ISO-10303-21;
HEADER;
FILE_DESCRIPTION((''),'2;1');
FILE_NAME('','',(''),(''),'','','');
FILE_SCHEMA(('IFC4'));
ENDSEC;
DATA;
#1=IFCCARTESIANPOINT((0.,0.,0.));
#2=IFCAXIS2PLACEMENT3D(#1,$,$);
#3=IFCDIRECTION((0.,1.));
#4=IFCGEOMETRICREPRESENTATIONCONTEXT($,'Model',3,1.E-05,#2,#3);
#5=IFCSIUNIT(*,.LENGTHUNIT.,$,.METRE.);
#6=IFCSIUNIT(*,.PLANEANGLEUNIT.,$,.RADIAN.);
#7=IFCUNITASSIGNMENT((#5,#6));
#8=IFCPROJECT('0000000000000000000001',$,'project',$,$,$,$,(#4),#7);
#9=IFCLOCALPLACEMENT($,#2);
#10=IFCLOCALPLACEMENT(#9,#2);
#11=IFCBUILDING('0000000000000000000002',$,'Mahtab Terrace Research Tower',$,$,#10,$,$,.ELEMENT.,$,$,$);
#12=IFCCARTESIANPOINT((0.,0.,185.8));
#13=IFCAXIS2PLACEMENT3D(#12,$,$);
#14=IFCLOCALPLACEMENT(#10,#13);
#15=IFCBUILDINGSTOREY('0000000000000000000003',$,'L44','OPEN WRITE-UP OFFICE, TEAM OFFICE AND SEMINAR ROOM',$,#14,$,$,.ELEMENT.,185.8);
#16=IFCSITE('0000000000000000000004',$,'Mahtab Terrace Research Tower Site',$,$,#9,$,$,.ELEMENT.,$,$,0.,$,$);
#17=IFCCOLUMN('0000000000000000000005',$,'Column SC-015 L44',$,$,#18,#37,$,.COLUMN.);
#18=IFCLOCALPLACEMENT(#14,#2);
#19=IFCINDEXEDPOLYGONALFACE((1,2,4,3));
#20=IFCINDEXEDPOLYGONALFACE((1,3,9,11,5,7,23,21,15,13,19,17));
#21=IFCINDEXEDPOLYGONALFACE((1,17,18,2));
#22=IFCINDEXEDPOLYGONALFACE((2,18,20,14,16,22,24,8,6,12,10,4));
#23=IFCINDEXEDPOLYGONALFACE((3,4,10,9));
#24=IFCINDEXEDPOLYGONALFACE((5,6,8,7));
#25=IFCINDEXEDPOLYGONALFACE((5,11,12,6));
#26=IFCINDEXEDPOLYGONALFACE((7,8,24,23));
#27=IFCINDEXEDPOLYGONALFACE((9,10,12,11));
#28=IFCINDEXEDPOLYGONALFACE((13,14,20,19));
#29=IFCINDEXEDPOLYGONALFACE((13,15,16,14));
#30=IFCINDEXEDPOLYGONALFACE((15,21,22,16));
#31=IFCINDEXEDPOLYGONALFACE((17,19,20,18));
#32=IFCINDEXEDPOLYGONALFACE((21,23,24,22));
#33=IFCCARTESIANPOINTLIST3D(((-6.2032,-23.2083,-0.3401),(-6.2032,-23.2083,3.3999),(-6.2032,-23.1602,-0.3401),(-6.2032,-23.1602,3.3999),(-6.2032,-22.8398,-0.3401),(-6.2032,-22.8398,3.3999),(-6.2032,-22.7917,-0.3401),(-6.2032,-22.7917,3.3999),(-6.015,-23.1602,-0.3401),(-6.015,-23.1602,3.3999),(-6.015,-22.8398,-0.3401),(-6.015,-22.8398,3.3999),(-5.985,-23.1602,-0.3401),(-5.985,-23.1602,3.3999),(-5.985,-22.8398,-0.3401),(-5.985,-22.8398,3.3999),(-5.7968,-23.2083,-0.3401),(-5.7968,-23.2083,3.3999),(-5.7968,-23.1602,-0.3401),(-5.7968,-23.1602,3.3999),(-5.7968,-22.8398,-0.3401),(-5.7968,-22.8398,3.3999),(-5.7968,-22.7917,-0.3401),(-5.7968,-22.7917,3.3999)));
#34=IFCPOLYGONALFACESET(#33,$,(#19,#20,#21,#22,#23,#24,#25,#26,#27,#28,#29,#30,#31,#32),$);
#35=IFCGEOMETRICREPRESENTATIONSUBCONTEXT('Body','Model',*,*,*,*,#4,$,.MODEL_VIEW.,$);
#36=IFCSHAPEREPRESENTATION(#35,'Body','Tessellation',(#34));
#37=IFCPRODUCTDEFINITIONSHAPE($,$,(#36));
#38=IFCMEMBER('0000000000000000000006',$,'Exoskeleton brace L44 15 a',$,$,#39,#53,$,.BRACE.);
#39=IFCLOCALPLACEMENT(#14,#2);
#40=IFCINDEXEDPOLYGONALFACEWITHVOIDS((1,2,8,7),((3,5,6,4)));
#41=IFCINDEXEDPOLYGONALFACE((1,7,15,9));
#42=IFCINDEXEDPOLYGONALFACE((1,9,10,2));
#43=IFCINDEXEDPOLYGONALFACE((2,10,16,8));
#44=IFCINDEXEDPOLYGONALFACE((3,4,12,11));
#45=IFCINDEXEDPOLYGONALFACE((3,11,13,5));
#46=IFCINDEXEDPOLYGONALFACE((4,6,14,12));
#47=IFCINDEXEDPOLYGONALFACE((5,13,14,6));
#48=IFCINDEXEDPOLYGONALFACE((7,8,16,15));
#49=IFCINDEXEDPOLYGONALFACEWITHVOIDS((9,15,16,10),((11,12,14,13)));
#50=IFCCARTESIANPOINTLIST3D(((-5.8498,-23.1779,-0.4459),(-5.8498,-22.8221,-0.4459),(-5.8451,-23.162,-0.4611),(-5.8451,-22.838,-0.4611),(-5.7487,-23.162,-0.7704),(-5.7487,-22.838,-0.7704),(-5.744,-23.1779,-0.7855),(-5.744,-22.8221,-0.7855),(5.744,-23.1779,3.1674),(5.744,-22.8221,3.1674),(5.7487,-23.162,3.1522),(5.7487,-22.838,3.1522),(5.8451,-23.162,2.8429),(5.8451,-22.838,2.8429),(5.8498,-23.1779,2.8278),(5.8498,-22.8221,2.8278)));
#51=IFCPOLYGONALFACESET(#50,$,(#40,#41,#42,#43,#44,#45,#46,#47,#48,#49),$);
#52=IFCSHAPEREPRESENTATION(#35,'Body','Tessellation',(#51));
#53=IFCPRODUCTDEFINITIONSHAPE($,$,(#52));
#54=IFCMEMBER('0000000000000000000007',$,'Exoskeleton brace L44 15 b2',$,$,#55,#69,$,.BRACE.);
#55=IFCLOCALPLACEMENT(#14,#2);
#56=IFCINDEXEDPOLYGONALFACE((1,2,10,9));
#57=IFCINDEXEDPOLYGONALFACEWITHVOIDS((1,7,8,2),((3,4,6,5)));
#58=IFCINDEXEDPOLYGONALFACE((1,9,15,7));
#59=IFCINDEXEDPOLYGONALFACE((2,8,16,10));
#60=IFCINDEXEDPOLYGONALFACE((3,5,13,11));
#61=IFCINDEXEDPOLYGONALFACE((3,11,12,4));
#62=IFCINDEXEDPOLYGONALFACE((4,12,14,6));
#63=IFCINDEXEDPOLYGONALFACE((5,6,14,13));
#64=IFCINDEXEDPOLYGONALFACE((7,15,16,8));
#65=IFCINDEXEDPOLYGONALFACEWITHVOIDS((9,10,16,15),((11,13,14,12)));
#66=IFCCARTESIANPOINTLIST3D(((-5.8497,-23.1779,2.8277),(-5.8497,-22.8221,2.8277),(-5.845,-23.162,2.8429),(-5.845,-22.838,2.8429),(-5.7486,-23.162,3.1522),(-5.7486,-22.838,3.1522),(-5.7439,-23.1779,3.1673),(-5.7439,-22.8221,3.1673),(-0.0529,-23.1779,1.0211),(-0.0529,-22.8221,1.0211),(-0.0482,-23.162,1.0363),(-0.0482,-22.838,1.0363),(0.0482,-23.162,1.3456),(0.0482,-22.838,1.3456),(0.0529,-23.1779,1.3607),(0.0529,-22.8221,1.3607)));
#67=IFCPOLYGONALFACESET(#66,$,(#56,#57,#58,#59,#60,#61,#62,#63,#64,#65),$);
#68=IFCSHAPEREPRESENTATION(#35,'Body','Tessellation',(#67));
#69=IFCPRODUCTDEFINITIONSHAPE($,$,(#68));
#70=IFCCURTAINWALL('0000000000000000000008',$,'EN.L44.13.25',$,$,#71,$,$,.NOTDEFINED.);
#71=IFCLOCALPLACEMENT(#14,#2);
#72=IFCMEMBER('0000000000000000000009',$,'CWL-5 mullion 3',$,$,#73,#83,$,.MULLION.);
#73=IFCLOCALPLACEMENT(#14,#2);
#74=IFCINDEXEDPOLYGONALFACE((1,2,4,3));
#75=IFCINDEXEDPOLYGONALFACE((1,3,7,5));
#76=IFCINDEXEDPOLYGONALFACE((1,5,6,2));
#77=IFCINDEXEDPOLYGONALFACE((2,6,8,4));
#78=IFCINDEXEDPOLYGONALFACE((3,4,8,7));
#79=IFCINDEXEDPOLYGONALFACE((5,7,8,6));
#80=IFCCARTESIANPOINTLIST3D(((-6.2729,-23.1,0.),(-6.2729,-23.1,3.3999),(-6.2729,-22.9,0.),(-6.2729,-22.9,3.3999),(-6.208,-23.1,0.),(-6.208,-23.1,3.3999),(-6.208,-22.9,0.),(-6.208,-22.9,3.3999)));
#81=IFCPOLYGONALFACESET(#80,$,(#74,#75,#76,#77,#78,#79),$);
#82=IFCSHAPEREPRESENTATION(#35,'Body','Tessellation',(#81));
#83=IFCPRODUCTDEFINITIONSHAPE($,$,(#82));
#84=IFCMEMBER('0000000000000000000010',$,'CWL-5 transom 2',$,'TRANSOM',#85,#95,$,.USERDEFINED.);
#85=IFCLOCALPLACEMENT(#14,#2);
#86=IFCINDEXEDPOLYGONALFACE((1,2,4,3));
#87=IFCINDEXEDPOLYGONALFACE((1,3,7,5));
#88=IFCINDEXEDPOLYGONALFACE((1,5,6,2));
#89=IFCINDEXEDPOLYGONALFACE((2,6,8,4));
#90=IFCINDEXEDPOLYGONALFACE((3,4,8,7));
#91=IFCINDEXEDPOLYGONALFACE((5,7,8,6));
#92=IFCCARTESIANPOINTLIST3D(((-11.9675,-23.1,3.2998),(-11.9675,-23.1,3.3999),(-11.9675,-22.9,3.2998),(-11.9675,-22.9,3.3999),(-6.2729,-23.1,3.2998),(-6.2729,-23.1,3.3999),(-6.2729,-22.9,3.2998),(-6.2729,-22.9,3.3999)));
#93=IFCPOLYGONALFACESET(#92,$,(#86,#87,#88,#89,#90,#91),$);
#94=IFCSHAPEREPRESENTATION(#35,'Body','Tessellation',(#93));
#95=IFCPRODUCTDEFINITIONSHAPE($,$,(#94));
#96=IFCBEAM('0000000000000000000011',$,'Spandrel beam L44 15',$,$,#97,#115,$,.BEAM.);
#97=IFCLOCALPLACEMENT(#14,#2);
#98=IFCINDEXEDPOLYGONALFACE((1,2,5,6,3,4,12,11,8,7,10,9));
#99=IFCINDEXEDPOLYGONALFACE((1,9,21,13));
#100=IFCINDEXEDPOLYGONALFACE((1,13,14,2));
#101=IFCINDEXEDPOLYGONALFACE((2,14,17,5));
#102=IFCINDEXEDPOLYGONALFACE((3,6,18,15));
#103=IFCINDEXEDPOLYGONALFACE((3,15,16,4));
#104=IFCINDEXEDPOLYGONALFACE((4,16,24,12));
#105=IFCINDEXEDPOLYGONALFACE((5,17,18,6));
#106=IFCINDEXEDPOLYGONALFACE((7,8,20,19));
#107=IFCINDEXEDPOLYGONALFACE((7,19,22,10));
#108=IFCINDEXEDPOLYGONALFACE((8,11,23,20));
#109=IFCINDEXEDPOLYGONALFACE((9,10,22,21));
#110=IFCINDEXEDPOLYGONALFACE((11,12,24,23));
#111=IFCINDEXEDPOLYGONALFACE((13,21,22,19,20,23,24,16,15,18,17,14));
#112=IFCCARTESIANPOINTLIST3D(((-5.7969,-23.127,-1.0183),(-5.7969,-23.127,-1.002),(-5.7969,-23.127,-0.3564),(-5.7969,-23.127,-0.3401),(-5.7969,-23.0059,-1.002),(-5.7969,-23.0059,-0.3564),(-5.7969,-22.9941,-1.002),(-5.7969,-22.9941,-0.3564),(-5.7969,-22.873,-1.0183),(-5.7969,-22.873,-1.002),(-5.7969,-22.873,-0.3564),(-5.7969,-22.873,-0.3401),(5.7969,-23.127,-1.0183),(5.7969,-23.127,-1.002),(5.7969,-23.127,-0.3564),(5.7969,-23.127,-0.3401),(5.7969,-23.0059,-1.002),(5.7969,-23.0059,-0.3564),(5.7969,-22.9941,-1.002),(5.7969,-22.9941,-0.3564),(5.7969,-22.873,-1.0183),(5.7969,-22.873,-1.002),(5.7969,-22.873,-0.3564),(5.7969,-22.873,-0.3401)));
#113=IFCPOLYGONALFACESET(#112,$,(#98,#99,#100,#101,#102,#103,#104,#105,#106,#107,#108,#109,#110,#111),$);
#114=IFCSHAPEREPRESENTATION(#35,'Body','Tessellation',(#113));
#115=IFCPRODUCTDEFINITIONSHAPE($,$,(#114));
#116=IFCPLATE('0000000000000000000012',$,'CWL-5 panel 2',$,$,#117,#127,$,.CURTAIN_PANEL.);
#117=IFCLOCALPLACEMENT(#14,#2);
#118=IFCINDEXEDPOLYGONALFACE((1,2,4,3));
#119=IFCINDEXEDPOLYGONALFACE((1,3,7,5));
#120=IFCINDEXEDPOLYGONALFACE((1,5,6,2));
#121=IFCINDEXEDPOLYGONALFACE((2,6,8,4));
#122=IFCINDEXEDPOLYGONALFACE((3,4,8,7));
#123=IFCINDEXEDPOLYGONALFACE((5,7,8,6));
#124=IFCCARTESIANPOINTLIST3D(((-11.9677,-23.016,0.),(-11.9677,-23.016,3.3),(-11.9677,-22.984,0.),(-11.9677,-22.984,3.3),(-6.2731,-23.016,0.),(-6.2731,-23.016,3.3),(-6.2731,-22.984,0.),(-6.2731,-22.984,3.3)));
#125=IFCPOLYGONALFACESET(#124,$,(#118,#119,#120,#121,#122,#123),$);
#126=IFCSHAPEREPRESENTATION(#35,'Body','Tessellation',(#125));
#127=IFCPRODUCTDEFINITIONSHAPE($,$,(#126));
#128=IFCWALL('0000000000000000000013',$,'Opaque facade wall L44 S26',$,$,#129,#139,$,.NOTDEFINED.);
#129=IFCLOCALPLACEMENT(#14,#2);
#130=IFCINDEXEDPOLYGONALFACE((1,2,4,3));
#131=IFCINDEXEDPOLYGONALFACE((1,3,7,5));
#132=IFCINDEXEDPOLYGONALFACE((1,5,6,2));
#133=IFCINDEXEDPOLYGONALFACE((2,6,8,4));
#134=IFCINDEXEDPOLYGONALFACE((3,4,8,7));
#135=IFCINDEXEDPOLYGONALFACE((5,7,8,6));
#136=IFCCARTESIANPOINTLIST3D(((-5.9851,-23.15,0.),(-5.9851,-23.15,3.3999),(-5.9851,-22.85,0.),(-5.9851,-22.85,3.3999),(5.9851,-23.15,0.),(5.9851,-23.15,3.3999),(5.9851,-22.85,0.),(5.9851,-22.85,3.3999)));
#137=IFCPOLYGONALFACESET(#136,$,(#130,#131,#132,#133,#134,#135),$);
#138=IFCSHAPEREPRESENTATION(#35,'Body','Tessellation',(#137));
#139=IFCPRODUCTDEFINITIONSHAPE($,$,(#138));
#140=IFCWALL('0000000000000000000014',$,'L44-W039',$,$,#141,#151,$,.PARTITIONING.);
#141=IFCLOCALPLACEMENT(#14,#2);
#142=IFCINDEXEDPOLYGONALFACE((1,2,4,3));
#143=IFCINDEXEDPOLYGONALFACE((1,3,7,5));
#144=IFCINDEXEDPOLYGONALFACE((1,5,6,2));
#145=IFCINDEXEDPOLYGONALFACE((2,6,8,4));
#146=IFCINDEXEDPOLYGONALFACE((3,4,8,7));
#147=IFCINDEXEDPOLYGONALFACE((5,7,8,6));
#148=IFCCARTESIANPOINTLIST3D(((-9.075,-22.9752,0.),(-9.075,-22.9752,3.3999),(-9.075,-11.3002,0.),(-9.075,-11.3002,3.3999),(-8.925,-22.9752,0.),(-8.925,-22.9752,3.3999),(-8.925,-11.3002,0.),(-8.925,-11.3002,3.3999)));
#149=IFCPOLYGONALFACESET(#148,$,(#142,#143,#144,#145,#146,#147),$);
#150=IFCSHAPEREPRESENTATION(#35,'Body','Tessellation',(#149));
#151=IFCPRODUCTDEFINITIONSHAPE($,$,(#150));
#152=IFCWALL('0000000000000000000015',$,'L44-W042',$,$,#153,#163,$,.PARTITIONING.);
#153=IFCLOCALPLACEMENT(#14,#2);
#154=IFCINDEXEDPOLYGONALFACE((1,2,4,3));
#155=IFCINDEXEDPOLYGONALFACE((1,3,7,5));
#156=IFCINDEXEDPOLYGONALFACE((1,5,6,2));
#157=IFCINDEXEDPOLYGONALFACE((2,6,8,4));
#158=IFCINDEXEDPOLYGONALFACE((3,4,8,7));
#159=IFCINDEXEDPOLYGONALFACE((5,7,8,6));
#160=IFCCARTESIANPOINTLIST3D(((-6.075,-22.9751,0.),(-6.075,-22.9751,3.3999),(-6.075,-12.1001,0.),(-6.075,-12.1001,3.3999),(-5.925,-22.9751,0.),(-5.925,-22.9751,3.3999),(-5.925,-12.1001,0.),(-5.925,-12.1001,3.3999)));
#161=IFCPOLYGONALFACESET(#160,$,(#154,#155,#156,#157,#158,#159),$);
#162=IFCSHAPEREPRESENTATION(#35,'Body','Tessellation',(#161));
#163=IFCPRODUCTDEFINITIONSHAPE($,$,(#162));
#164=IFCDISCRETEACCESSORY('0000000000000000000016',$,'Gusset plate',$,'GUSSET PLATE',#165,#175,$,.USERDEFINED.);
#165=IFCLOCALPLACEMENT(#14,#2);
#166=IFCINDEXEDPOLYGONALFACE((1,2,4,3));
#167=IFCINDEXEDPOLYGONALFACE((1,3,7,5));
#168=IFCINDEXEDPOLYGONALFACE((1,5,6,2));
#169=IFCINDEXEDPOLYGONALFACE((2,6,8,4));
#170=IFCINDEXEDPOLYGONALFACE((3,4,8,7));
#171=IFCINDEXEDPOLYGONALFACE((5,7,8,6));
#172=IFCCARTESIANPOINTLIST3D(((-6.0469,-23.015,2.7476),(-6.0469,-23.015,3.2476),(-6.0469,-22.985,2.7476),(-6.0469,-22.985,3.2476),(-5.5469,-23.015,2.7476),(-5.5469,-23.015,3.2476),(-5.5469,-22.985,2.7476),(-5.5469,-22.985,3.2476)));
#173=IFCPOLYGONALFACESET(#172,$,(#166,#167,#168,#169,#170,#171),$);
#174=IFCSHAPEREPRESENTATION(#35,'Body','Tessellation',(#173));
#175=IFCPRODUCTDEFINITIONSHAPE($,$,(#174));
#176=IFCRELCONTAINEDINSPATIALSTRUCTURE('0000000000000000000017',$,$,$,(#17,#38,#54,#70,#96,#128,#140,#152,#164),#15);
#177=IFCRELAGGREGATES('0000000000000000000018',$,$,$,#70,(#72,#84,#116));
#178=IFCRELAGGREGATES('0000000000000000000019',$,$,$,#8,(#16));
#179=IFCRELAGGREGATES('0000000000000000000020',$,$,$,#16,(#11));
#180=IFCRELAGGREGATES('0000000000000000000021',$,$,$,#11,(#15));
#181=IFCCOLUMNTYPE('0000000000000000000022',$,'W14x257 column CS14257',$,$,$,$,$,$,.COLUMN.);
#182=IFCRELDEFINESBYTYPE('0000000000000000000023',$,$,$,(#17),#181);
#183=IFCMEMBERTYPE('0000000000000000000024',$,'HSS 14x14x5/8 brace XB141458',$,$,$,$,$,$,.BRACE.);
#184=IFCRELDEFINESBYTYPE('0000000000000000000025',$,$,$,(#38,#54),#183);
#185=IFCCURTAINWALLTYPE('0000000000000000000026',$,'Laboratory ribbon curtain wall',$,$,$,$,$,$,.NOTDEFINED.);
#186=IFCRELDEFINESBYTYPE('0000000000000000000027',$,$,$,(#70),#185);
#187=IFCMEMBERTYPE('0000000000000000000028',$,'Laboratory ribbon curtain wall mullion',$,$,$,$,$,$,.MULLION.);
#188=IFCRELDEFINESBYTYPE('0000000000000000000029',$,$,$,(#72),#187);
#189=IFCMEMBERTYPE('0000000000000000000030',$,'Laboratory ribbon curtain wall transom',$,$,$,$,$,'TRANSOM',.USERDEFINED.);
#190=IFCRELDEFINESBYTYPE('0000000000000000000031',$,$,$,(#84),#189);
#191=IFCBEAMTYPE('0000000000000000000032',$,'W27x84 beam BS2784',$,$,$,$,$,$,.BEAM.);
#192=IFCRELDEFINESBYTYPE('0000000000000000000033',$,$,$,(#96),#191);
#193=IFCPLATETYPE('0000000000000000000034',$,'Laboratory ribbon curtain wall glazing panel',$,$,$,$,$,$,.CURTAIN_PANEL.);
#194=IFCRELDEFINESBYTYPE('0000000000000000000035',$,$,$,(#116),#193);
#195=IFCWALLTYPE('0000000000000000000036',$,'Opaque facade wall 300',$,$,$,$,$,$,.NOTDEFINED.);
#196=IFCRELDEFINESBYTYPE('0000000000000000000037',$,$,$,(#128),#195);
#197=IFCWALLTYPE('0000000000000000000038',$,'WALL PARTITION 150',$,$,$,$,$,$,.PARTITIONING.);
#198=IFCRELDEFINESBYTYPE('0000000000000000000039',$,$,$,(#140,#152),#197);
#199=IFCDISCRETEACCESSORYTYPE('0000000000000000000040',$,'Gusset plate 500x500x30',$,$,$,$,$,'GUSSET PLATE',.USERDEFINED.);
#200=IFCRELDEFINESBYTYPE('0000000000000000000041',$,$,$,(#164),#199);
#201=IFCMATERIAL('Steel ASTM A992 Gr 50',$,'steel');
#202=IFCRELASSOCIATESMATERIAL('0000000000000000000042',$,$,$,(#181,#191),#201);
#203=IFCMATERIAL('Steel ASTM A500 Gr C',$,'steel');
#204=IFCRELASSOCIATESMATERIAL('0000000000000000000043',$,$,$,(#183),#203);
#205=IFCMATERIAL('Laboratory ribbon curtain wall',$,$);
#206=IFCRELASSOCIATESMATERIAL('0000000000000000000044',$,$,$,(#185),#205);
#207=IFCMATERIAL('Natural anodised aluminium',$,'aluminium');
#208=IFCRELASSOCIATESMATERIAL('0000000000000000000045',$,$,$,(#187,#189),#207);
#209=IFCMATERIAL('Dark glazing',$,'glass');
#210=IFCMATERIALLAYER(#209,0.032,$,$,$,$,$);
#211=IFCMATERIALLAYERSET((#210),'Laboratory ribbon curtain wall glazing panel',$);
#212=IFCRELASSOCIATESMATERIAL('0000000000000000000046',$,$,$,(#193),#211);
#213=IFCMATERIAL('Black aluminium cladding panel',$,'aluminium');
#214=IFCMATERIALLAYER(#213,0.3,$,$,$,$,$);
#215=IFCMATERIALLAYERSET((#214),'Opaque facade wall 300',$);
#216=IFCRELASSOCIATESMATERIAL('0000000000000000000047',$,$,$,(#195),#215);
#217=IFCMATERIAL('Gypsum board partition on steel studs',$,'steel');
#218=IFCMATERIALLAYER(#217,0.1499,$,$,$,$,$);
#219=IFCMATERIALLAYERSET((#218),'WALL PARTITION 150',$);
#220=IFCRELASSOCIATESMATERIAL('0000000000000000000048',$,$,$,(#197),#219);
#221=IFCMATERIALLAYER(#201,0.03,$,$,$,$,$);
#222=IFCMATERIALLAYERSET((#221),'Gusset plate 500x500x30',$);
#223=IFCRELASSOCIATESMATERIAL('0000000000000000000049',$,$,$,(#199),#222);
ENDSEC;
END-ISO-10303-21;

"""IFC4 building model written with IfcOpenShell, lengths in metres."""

from ifc_helpers import new_model, si_unit, direction, frame, frame_2d, origin, origin_2d, place, context, subcontext, project, spatial, rectangle, hollow_rectangle, i_section, extrude, material, layer, layer_set, material_profile, profile_set, type_object, element, aggregate, save


model = new_model("IFC4")

# Units and contexts
model_context = context("Model", 3, precision=1e-05, world=origin(), true_north=direction((0.0, 1.0)))
body_context = subcontext(model_context, "Body", "Model", "MODEL_VIEW")
ifc_project = project(units=[si_unit("LENGTHUNIT", "METRE"), si_unit("PLANEANGLEUNIT", "RADIAN")], contexts=[model_context])

# Site, building, storey
site_placement = place(None, origin())
site = spatial("IfcSite", under=ifc_project, at=site_placement, Name="Mahtab Terrace Research Tower Site", CompositionType="ELEMENT", RefElevation=0.0)
building_placement = place(site_placement, origin())
building = spatial("IfcBuilding", under=site, at=building_placement, Name="Mahtab Terrace Research Tower", CompositionType="ELEMENT")
storey_placement = place(building_placement, frame((0.0, 0.0, 185.8)))
storey = spatial("IfcBuildingStorey", under=building, at=storey_placement, Name="L44", Description="OPEN WRITE-UP OFFICE, TEAM OFFICE AND SEMINAR ROOM", CompositionType="ELEMENT", Elevation=185.8)

# Column
ifc_material_1 = material(Name="Steel ASTM A992 Gr 50", Category="steel")
ifc_material_profile_1 = material_profile(ifc_material_1, i_section(OverallWidth=0.4065, OverallDepth=0.4165, WebThickness=0.03, FlangeThickness=0.0481, at=origin_2d()), Name="W14X257")
ifc_profile_set_1 = profile_set([ifc_material_profile_1], Name="Steel ASTM A992 Gr 50")
column_type = type_object("IfcColumnType", Name="W14x257 column CS14257", PredefinedType="COLUMN", material=ifc_profile_set_1)
column_placement = place(storey_placement, frame((-6.0, -23.0, -0.3401), z_axis=(0.0, 0.0, 1.0), x_axis=(1.0, 0.0, 0.0)))
element("IfcColumn", 1, at=column_placement, inside=storey, type_object=column_type, Name="Column SC-015 L44", PredefinedType="COLUMN", context=body_context, shape_type="SweptSolid", body=[
    extrude(i_section(OverallWidth=0.4065, OverallDepth=0.4165, WebThickness=0.03, FlangeThickness=0.0481, at=origin_2d()), origin(), (0.0, 0.0, 1.0), 3.74),
])

# Members
ifc_material_2 = material(Name="Steel ASTM A500 Gr C", Category="steel")
ifc_material_profile_2 = material_profile(ifc_material_2, hollow_rectangle(XDim=0.3557, YDim=0.3557, WallThickness=0.0159, at=origin_2d()), Name="HSS14X14X5/8")
ifc_profile_set_2 = profile_set([ifc_material_profile_2], Name="Steel ASTM A500 Gr C")
member_type_1 = type_object("IfcMemberType", Name="HSS 14x14x5/8 brace XB141458", PredefinedType="BRACE", material=ifc_profile_set_2)
member_1_placement = place(storey_placement, frame((-5.7969, -23.0, -0.6157), z_axis=(0.954709, 0.0, 0.297542), x_axis=(0.0, 1.0, 0.0)))
element("IfcMember", 2, at=member_1_placement, inside=storey, type_object=member_type_1, Name="Exoskeleton brace L44 15 a", PredefinedType="BRACE", context=body_context, shape_type="SweptSolid", body=[
    extrude(hollow_rectangle(XDim=0.3557, YDim=0.3557, WallThickness=0.0159, at=origin_2d()), origin(), (0.0, 0.0, 1.0), 12.1438),
])
member_2_placement = place(storey_placement, frame((0.0, -23.0, 1.1909), z_axis=(-0.954709, 0.0, 0.297542), x_axis=(0.0, -1.0, 0.0)))
element("IfcMember", 3, at=member_2_placement, inside=storey, type_object=member_type_1, Name="Exoskeleton brace L44 15 b2", PredefinedType="BRACE", context=body_context, shape_type="SweptSolid", body=[
    extrude(hollow_rectangle(XDim=0.3557, YDim=0.3557, WallThickness=0.0159, at=origin_2d()), origin(), (0.0, 0.0, 1.0), 6.0718),
])

# Curtain wall, members
ifc_material_3 = material(Name="Laboratory ribbon curtain wall")
curtain_wall_type = type_object("IfcCurtainWallType", Name="Laboratory ribbon curtain wall", PredefinedType="NOTDEFINED", material=ifc_material_3)
curtain_wall_placement = place(storey_placement, origin())
curtain_wall = element("IfcCurtainWall", 4, at=curtain_wall_placement, inside=storey, type_object=curtain_wall_type, Name="EN.L44.13.25", PredefinedType="NOTDEFINED")
ifc_material_4 = material(Name="Natural anodised aluminium", Category="aluminium")
ifc_material_profile_3 = material_profile(ifc_material_4, rectangle(XDim=0.2, YDim=0.0649, at=origin_2d()), Name="MULLION 65x200")
ifc_profile_set_3 = profile_set([ifc_material_profile_3], Name="Natural anodised aluminium")
member_type_2 = type_object("IfcMemberType", Name="Laboratory ribbon curtain wall mullion", PredefinedType="MULLION", material=ifc_profile_set_3)
member_3_placement = place(storey_placement, frame((-6.2405, -23.0, 0.0), z_axis=(0.0, 0.0, 1.0), x_axis=(0.0, 1.0, 0.0)))
member_3 = element("IfcMember", 5, at=member_3_placement, type_object=member_type_2, Name="CWL-5 mullion 3", PredefinedType="MULLION", context=body_context, shape_type="SweptSolid", body=[
    extrude(rectangle(XDim=0.2, YDim=0.0649, at=origin_2d()), origin(), (0.0, 0.0, 1.0), 3.3999),
])
ifc_material_profile_4 = material_profile(ifc_material_4, rectangle(XDim=0.2, YDim=0.1001, at=origin_2d()), Name="TRANSOM 100x200")
ifc_profile_set_4 = profile_set([ifc_material_profile_4], Name="Natural anodised aluminium")
member_type_3 = type_object("IfcMemberType", Name="Laboratory ribbon curtain wall transom", ElementType="TRANSOM", PredefinedType="USERDEFINED", material=ifc_profile_set_4)
member_4_placement = place(storey_placement, frame((-11.9675, -23.0, 3.3499), z_axis=(1.0, 0.0, 0.0), x_axis=(0.0, 1.0, 0.0)))
member_4 = element("IfcMember", 6, at=member_4_placement, type_object=member_type_3, Name="CWL-5 transom 2", ObjectType="TRANSOM", PredefinedType="USERDEFINED", context=body_context, shape_type="SweptSolid", body=[
    extrude(rectangle(XDim=0.2, YDim=0.1001, at=origin_2d()), origin(), (0.0, 0.0, 1.0), 5.6946),
])

# Beam
ifc_material_profile_5 = material_profile(ifc_material_1, i_section(OverallWidth=0.2539, OverallDepth=0.6782, WebThickness=0.0117, FlangeThickness=0.0164, at=origin_2d()), Name="W27X84")
ifc_profile_set_5 = profile_set([ifc_material_profile_5], Name="Steel ASTM A992 Gr 50")
beam_type = type_object("IfcBeamType", Name="W27x84 beam BS2784", PredefinedType="BEAM", material=ifc_profile_set_5)
beam_placement = place(storey_placement, frame((-5.7969, -23.0, -0.6792), z_axis=(1.0, 0.0, 0.0), x_axis=(0.0, 1.0, 0.0)))
element("IfcBeam", 7, at=beam_placement, inside=storey, type_object=beam_type, Name="Spandrel beam L44 15", PredefinedType="BEAM", context=body_context, shape_type="SweptSolid", body=[
    extrude(i_section(OverallWidth=0.2539, OverallDepth=0.6782, WebThickness=0.0117, FlangeThickness=0.0164, at=origin_2d()), origin(), (0.0, 0.0, 1.0), 11.5938),
])

# Plate
ifc_material_5 = material(Name="Dark glazing", Category="glass")
ifc_layer_1 = layer(ifc_material_5, 0.032)
ifc_layer_set_1 = layer_set([ifc_layer_1], Name="Laboratory ribbon curtain wall glazing panel")
plate_type = type_object("IfcPlateType", Name="Laboratory ribbon curtain wall glazing panel", PredefinedType="CURTAIN_PANEL", material=ifc_layer_set_1)
plate_placement = place(storey_placement, frame((-9.1204, -23.0, 0.0), z_axis=(0.0, 0.0, 1.0), x_axis=(1.0, 0.0, 0.0)))
plate = element("IfcPlate", 8, at=plate_placement, type_object=plate_type, Name="CWL-5 panel 2", PredefinedType="CURTAIN_PANEL", context=body_context, shape_type="SweptSolid", body=[
    extrude(rectangle(XDim=5.6946, YDim=0.032, at=origin_2d()), origin(), (0.0, 0.0, 1.0), 3.3),
])
aggregate(curtain_wall, [member_3, member_4, plate])

# Walls
ifc_material_6 = material(Name="Black aluminium cladding panel", Category="aluminium")
ifc_layer_2 = layer(ifc_material_6, 0.3)
ifc_layer_set_2 = layer_set([ifc_layer_2], Name="Opaque facade wall 300")
wall_type_1 = type_object("IfcWallType", Name="Opaque facade wall 300", PredefinedType="NOTDEFINED", material=ifc_layer_set_2)
wall_1_placement = place(storey_placement, frame((-5.9851, -23.0, 0.0), z_axis=(0.0, 0.0, 1.0), x_axis=(1.0, 0.0, 0.0)))
element("IfcWall", 9, at=wall_1_placement, inside=storey, type_object=wall_type_1, Name="Opaque facade wall L44 S26", PredefinedType="NOTDEFINED", context=body_context, shape_type="SweptSolid", body=[
    extrude(rectangle(XDim=11.9702, YDim=0.3, at=frame_2d((5.9851, 0.0))), origin(), (0.0, 0.0, 1.0), 3.3999),
])
ifc_material_7 = material(Name="Gypsum board partition on steel studs", Category="steel")
ifc_layer_3 = layer(ifc_material_7, 0.1499)
ifc_layer_set_3 = layer_set([ifc_layer_3], Name="WALL PARTITION 150")
wall_type_2 = type_object("IfcWallType", Name="WALL PARTITION 150", PredefinedType="PARTITIONING", material=ifc_layer_set_3)
wall_2_placement = place(storey_placement, frame((-9.0, -22.9751, 0.0), z_axis=(0.0, 0.0, 1.0), x_axis=(0.0, 1.0, 0.0)))
element("IfcWall", 10, at=wall_2_placement, inside=storey, type_object=wall_type_2, Name="L44-W039", PredefinedType="PARTITIONING", context=body_context, shape_type="SweptSolid", body=[
    extrude(rectangle(XDim=11.675, YDim=0.1499, at=frame_2d((5.8374, 0.0))), origin(), (0.0, 0.0, 1.0), 3.3999),
])
wall_3_placement = place(storey_placement, frame((-6.0, -22.9751, 0.0), z_axis=(0.0, 0.0, 1.0), x_axis=(0.0, 1.0, 0.0)))
element("IfcWall", 11, at=wall_3_placement, inside=storey, type_object=wall_type_2, Name="L44-W042", PredefinedType="PARTITIONING", context=body_context, shape_type="SweptSolid", body=[
    extrude(rectangle(XDim=10.875, YDim=0.1499, at=frame_2d((5.4375, 0.0))), origin(), (0.0, 0.0, 1.0), 3.3999),
])

# Discrete accessory
ifc_layer_4 = layer(ifc_material_1, 0.03)
ifc_layer_set_4 = layer_set([ifc_layer_4], Name="Gusset plate 500x500x30")
discrete_accessory_type = type_object("IfcDiscreteAccessoryType", Name="Gusset plate 500x500x30", ElementType="GUSSET PLATE", PredefinedType="USERDEFINED", material=ifc_layer_set_4)
for number, where, z_axis, x_axis, name in (
    (12, (-5.7969, -23.0, 2.7476), (0.0, 0.0, 1.0), (1.0, 0.0, 0.0), "Gusset plate"),
):
    element("IfcDiscreteAccessory", number, at=place(storey_placement, frame(where, z_axis=z_axis, x_axis=x_axis)), inside=storey, type_object=discrete_accessory_type, Name=name, ObjectType="GUSSET PLATE", PredefinedType="USERDEFINED", context=body_context, shape_type="SweptSolid", body=[
        extrude(rectangle(XDim=0.5, YDim=0.03, at=origin_2d()), origin(), (0.0, 0.0, 1.0), 0.5),
    ])

save(model, "model.ifc")
